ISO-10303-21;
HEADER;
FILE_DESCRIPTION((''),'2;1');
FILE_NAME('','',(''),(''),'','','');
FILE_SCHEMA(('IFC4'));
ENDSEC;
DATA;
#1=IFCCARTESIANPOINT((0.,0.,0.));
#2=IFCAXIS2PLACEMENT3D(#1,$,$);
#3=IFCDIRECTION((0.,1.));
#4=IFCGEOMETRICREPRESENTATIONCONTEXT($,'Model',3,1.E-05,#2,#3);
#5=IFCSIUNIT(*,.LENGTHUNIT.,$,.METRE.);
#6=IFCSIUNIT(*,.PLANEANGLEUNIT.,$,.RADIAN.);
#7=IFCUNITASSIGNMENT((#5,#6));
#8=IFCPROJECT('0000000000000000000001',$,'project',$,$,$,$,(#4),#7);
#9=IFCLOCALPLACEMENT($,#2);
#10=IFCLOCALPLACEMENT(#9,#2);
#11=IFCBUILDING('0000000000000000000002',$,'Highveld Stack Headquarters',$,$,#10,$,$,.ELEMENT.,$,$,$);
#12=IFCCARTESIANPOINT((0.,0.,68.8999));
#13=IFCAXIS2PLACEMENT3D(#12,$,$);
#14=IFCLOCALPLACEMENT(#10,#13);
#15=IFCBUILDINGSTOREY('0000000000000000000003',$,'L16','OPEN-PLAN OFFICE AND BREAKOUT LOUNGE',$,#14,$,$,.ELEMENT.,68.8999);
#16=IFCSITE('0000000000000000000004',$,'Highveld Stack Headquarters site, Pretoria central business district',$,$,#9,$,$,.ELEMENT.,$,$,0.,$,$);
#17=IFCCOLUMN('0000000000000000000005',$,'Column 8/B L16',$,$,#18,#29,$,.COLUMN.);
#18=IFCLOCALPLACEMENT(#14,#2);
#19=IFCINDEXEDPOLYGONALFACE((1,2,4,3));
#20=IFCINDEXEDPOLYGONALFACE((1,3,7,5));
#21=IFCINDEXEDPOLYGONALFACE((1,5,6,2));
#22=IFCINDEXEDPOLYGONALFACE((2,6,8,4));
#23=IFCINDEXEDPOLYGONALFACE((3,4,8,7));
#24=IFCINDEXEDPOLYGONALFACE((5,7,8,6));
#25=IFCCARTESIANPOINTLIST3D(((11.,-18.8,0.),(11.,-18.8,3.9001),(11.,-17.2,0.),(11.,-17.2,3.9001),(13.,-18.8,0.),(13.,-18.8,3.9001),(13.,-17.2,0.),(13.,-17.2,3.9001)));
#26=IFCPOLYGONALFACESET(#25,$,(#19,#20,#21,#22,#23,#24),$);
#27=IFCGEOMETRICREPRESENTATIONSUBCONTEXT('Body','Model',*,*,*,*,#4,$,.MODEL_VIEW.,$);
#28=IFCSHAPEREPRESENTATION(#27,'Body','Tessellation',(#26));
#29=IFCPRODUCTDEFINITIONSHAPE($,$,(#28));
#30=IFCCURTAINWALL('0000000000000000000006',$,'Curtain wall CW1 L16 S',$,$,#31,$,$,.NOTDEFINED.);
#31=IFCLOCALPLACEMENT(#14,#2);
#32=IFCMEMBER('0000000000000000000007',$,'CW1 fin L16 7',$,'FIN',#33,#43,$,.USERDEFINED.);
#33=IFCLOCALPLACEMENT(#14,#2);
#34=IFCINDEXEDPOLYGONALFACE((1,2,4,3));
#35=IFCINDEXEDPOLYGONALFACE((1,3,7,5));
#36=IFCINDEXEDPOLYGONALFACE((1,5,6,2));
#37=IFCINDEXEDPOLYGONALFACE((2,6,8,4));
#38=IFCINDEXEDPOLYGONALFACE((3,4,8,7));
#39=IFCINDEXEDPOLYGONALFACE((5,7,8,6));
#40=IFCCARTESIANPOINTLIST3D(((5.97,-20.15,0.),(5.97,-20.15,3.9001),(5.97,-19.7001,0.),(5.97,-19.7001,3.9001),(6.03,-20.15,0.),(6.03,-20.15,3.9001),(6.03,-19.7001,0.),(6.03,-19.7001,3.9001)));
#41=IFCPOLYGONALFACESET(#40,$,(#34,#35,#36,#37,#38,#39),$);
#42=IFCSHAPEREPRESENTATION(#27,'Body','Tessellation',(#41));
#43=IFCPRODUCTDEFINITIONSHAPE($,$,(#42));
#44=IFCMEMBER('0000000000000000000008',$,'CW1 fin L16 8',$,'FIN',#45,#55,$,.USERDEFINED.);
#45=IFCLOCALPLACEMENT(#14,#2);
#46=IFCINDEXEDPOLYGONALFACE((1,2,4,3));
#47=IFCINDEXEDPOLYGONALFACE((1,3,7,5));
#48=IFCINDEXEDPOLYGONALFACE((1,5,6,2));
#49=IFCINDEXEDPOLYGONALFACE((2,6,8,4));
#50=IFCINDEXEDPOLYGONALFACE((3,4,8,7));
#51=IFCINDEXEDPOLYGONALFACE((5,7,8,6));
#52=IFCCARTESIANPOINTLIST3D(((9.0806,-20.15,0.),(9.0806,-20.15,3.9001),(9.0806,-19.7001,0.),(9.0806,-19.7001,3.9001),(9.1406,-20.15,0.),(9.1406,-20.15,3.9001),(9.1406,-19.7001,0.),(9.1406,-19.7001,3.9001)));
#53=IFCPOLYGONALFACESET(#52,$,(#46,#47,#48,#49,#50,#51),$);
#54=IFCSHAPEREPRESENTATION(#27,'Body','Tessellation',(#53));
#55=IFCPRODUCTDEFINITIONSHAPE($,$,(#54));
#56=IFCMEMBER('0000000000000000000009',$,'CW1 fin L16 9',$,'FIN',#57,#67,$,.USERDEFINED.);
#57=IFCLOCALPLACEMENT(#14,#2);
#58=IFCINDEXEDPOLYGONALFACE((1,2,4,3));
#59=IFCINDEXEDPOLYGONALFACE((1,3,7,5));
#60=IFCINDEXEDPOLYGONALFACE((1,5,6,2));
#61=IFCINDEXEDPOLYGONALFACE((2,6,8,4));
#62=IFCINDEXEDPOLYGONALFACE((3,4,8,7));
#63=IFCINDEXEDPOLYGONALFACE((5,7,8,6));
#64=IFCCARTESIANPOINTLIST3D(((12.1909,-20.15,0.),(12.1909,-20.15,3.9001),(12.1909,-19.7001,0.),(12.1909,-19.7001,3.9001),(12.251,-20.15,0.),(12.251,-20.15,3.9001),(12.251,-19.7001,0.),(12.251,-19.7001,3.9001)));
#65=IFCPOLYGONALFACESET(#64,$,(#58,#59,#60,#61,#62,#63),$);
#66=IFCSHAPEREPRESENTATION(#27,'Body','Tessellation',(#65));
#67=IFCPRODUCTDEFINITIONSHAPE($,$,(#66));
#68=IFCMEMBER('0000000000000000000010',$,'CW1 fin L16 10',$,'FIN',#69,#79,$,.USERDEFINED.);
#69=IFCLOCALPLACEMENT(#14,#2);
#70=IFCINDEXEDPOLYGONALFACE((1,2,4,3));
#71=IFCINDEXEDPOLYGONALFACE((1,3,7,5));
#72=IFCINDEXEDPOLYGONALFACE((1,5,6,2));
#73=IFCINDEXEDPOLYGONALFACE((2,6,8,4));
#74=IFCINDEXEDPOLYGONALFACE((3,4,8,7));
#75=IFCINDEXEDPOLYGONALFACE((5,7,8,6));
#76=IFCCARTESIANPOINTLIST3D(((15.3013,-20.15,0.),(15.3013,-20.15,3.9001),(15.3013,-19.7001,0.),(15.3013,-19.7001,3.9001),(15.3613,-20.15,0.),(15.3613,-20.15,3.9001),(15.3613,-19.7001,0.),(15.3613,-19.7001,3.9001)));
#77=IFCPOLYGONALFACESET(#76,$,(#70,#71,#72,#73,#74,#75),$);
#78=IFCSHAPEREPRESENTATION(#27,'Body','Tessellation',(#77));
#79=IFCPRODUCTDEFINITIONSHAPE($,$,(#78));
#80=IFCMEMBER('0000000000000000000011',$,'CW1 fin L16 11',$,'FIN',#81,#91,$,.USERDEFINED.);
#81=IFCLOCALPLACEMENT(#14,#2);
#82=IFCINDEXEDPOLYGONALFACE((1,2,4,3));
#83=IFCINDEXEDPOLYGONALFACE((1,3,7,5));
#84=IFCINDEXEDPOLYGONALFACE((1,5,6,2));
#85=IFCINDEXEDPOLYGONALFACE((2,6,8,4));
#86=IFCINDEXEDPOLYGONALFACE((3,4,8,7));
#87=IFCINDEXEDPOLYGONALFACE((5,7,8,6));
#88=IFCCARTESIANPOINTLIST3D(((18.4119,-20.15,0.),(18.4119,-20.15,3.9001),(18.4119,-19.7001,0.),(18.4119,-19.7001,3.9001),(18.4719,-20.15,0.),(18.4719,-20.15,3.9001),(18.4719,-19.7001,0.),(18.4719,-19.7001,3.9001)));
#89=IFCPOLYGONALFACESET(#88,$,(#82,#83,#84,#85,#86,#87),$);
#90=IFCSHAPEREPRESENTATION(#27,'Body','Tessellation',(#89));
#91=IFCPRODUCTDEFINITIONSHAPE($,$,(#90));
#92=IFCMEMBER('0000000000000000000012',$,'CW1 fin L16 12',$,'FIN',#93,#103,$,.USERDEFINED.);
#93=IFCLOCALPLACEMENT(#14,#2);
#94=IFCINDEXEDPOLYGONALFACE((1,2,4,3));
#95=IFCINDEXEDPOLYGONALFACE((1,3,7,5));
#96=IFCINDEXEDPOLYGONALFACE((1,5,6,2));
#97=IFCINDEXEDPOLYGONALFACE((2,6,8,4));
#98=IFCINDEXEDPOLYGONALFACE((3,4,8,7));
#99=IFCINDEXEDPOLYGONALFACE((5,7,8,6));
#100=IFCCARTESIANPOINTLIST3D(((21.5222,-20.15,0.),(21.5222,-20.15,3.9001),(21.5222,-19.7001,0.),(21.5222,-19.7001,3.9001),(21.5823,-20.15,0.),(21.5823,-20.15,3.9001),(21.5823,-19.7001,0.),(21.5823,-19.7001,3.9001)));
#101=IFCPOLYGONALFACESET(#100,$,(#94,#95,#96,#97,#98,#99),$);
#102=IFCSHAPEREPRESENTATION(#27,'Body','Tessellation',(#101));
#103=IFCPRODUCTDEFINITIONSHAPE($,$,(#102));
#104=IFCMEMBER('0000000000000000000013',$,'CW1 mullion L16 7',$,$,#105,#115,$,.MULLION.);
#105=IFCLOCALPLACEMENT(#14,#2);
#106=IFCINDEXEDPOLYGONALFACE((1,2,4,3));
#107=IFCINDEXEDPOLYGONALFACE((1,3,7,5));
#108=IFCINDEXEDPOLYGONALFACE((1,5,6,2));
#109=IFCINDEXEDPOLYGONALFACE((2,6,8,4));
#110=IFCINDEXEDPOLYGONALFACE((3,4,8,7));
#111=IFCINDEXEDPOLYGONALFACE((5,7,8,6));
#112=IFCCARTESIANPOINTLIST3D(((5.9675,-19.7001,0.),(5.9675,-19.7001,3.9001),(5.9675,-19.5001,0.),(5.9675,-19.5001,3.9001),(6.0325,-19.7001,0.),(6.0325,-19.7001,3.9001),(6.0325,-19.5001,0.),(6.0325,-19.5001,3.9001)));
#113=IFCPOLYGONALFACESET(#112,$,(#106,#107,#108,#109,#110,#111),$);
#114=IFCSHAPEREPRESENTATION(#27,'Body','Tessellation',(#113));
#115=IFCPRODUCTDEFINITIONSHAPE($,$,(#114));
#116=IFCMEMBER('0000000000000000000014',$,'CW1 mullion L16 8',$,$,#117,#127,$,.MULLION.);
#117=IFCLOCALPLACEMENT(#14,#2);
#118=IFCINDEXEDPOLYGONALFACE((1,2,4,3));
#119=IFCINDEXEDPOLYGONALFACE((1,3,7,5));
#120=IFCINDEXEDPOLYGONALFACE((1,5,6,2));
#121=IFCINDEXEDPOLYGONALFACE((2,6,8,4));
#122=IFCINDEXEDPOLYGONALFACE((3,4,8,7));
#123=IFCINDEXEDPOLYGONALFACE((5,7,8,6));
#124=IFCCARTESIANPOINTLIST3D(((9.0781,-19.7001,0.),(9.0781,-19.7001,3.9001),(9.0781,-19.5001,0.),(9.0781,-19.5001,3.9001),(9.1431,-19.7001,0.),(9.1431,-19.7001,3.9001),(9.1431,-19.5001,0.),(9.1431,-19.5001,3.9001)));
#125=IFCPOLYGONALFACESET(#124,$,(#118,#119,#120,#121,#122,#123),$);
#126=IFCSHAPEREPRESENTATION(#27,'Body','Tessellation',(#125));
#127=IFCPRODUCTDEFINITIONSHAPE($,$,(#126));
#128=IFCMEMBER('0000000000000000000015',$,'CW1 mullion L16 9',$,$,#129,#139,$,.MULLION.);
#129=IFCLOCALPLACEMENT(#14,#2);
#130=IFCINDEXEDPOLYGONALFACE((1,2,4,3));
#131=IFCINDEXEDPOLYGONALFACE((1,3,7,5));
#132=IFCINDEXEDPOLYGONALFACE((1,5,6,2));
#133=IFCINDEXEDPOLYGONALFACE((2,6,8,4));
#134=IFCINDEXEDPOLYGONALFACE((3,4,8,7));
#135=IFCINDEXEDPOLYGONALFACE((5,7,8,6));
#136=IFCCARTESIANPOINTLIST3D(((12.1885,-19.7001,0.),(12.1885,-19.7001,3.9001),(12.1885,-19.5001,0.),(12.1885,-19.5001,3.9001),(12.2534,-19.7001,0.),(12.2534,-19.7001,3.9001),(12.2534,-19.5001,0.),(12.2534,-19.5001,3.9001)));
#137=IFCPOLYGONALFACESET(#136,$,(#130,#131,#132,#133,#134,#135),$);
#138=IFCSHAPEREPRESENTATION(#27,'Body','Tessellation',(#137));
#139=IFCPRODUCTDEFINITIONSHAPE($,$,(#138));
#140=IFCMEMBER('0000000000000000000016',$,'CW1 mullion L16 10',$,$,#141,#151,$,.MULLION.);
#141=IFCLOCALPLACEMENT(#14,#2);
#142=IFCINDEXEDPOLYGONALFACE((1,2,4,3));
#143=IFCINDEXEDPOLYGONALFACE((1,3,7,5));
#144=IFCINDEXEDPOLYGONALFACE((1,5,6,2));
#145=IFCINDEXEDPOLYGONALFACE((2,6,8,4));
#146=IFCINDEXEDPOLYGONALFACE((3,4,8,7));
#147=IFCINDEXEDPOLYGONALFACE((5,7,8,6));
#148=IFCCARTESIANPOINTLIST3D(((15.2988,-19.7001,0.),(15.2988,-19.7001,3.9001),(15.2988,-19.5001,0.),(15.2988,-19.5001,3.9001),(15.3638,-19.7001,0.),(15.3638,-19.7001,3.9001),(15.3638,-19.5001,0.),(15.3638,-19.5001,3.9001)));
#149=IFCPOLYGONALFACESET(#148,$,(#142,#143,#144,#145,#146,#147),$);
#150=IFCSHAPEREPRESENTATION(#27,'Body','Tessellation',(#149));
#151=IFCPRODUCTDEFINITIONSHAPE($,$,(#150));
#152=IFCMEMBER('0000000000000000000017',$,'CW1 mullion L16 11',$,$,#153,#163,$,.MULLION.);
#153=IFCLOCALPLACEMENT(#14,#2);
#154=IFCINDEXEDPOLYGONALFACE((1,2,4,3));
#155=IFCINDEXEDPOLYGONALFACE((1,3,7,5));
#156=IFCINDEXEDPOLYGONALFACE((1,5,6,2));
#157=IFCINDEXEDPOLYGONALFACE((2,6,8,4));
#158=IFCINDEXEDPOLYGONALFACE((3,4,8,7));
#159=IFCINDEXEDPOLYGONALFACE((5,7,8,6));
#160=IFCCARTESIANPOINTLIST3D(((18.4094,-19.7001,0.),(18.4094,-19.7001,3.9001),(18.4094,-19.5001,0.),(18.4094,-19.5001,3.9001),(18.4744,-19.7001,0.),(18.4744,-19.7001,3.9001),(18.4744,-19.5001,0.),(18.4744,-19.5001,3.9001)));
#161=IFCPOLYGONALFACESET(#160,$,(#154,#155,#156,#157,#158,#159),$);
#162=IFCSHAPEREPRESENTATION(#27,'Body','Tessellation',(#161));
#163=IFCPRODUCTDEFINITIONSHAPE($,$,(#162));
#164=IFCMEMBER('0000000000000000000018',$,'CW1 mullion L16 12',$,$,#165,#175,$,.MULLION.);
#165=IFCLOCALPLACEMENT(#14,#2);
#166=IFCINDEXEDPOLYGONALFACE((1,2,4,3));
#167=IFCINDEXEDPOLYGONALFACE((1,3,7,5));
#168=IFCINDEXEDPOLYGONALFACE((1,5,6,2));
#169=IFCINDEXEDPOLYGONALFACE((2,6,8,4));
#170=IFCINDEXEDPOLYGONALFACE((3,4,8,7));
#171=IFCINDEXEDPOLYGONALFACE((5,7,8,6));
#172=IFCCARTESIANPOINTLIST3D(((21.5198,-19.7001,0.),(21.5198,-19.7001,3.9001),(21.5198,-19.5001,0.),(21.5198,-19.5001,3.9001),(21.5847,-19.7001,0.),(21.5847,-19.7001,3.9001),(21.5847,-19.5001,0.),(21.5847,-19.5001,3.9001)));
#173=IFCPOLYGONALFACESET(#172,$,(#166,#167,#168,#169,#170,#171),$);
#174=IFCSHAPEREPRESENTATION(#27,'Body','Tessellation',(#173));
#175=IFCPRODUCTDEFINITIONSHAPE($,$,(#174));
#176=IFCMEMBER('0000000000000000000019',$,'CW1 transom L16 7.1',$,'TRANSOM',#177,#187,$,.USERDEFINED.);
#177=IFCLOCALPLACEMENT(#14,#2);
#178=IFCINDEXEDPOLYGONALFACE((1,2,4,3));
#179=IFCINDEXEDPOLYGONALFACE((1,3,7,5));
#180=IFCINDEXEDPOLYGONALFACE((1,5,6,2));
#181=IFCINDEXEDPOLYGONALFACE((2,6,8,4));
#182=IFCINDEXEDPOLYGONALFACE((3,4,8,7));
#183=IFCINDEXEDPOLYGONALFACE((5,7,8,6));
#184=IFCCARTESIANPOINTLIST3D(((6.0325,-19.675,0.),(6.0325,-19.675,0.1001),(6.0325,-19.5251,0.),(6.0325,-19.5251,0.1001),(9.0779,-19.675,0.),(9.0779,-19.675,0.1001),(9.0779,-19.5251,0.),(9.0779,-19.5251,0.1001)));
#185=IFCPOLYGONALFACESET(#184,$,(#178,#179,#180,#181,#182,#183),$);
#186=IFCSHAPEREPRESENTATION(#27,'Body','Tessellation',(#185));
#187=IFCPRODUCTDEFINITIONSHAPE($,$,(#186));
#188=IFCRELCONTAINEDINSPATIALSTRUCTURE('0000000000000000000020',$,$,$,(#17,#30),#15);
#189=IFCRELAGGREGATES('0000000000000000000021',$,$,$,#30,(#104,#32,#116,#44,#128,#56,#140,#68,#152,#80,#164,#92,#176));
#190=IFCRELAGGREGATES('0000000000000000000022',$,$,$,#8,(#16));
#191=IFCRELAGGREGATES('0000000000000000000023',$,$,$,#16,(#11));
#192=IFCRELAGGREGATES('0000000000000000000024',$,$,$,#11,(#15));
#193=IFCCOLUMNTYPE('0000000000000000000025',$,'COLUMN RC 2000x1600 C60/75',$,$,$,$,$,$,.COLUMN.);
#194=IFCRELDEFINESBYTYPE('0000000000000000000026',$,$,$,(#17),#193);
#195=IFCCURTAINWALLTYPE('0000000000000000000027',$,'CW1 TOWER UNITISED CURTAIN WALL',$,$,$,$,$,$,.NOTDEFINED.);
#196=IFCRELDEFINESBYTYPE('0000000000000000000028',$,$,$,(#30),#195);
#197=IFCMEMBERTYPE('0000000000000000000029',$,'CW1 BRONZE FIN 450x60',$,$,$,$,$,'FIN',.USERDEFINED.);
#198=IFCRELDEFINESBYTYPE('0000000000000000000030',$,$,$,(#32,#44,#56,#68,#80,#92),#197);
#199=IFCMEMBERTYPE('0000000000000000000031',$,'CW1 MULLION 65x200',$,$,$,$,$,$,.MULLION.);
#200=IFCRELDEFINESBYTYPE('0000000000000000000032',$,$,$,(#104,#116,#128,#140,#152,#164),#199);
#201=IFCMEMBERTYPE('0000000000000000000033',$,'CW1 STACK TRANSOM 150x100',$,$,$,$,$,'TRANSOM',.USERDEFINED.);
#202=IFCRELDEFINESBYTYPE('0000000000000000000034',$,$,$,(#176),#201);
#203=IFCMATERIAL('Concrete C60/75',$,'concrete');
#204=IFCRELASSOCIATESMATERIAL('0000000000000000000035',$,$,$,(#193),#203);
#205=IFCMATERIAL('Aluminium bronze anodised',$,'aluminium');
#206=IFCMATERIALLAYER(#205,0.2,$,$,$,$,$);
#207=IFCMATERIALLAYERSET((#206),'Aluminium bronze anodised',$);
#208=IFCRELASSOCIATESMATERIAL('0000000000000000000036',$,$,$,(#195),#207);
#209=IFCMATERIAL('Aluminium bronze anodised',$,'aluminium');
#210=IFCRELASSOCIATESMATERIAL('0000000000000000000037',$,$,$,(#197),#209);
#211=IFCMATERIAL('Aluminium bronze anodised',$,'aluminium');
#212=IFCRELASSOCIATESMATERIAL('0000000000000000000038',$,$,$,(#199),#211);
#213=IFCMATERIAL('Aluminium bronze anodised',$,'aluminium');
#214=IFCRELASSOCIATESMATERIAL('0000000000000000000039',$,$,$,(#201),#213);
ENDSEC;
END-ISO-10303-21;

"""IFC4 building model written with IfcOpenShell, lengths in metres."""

from ifc_helpers import new_model, si_unit, direction, frame, origin, origin_2d, place, context, subcontext, project, spatial, rectangle, extrude, material, layer, layer_set, material_profile, profile_set, type_object, element, aggregate, save


model = new_model("IFC4")

# Units and contexts
model_context = context("Model", 3, precision=1e-05, world=origin(), true_north=direction((0.0, 1.0)))
body_context = subcontext(model_context, "Body", "Model", "MODEL_VIEW")
ifc_project = project(units=[si_unit("LENGTHUNIT", "METRE"), si_unit("PLANEANGLEUNIT", "RADIAN")], contexts=[model_context])

# Site, building, storey
site_placement = place(None, origin())
site = spatial("IfcSite", under=ifc_project, at=site_placement, Name="Highveld Stack Headquarters site, Pretoria central business district", CompositionType="ELEMENT", RefElevation=0.0)
building_placement = place(site_placement, origin())
building = spatial("IfcBuilding", under=site, at=building_placement, Name="Highveld Stack Headquarters", CompositionType="ELEMENT")
storey_placement = place(building_placement, frame((0.0, 0.0, 68.8999)))
storey = spatial("IfcBuildingStorey", under=building, at=storey_placement, Name="L16", Description="OPEN-PLAN OFFICE AND BREAKOUT LOUNGE", CompositionType="ELEMENT", Elevation=68.8999)

# Column
ifc_material_1 = material(Name="Concrete C60/75", Category="concrete")
ifc_material_profile_1 = material_profile(ifc_material_1, rectangle(XDim=2.0, YDim=1.6001, at=origin_2d()), Name="RC 2000x1600")
ifc_profile_set_1 = profile_set([ifc_material_profile_1], Name="Concrete C60/75")
column_type = type_object("IfcColumnType", Name="COLUMN RC 2000x1600 C60/75", PredefinedType="COLUMN", material=ifc_profile_set_1)
column_placement = place(storey_placement, frame((12.0, -18.0, 0.0), z_axis=(0.0, 0.0, 1.0), x_axis=(1.0, 0.0, 0.0)))
element("IfcColumn", 1, at=column_placement, inside=storey, type_object=column_type, Name="Column 8/B L16", PredefinedType="COLUMN", context=body_context, shape_type="SweptSolid", body=[
    extrude(rectangle(XDim=2.0, YDim=1.6001, at=origin_2d()), origin(), (0.0, 0.0, 1.0), 3.9001),
])

# Curtain wall, members
ifc_material_2 = material(Name="Aluminium bronze anodised", Category="aluminium")
ifc_layer_1 = layer(ifc_material_2, 0.2)
ifc_layer_set_1 = layer_set([ifc_layer_1], Name="Aluminium bronze anodised")
curtain_wall_type = type_object("IfcCurtainWallType", Name="CW1 TOWER UNITISED CURTAIN WALL", PredefinedType="NOTDEFINED", material=ifc_layer_set_1)
curtain_wall_placement = place(storey_placement, origin())
curtain_wall = element("IfcCurtainWall", 2, at=curtain_wall_placement, inside=storey, type_object=curtain_wall_type, Name="Curtain wall CW1 L16 S", PredefinedType="NOTDEFINED")
ifc_material_3 = material(Name="Aluminium bronze anodised", Category="aluminium")
ifc_material_profile_2 = material_profile(ifc_material_3, rectangle(XDim=0.45, YDim=0.0601, at=origin_2d()), Name="FIN 450x60")
ifc_profile_set_2 = profile_set([ifc_material_profile_2], Name="Aluminium bronze anodised")
member_type_1 = type_object("IfcMemberType", Name="CW1 BRONZE FIN 450x60", ElementType="FIN", PredefinedType="USERDEFINED", material=ifc_profile_set_2)
member_1_placement = place(storey_placement, frame((6.0, -19.925, 0.0), z_axis=(0.0, 0.0, 1.0), x_axis=(0.0, 1.0, 0.0)))
member_1 = element("IfcMember", 3, at=member_1_placement, type_object=member_type_1, Name="CW1 fin L16 7", ObjectType="FIN", PredefinedType="USERDEFINED", context=body_context, shape_type="SweptSolid", body=[
    extrude(rectangle(XDim=0.45, YDim=0.0601, at=origin_2d()), origin(), (0.0, 0.0, 1.0), 3.9001),
])
member_2_placement = place(storey_placement, frame((9.1106, -19.925, 0.0), z_axis=(0.0, 0.0, 1.0), x_axis=(0.0, 1.0, 0.0)))
member_2 = element("IfcMember", 4, at=member_2_placement, type_object=member_type_1, Name="CW1 fin L16 8", ObjectType="FIN", PredefinedType="USERDEFINED", context=body_context, shape_type="SweptSolid", body=[
    extrude(rectangle(XDim=0.45, YDim=0.0601, at=origin_2d()), origin(), (0.0, 0.0, 1.0), 3.9001),
])
member_3_placement = place(storey_placement, frame((12.2209, -19.925, 0.0), z_axis=(0.0, 0.0, 1.0), x_axis=(0.0, 1.0, 0.0)))
member_3 = element("IfcMember", 5, at=member_3_placement, type_object=member_type_1, Name="CW1 fin L16 9", ObjectType="FIN", PredefinedType="USERDEFINED", context=body_context, shape_type="SweptSolid", body=[
    extrude(rectangle(XDim=0.45, YDim=0.0601, at=origin_2d()), origin(), (0.0, 0.0, 1.0), 3.9001),
])
member_4_placement = place(storey_placement, frame((15.3313, -19.925, 0.0), z_axis=(0.0, 0.0, 1.0), x_axis=(0.0, 1.0, 0.0)))
member_4 = element("IfcMember", 6, at=member_4_placement, type_object=member_type_1, Name="CW1 fin L16 10", ObjectType="FIN", PredefinedType="USERDEFINED", context=body_context, shape_type="SweptSolid", body=[
    extrude(rectangle(XDim=0.45, YDim=0.0601, at=origin_2d()), origin(), (0.0, 0.0, 1.0), 3.9001),
])
member_5_placement = place(storey_placement, frame((18.4419, -19.925, 0.0), z_axis=(0.0, 0.0, 1.0), x_axis=(0.0, 1.0, 0.0)))
member_5 = element("IfcMember", 7, at=member_5_placement, type_object=member_type_1, Name="CW1 fin L16 11", ObjectType="FIN", PredefinedType="USERDEFINED", context=body_context, shape_type="SweptSolid", body=[
    extrude(rectangle(XDim=0.45, YDim=0.0601, at=origin_2d()), origin(), (0.0, 0.0, 1.0), 3.9001),
])
member_6_placement = place(storey_placement, frame((21.5522, -19.925, 0.0), z_axis=(0.0, 0.0, 1.0), x_axis=(0.0, 1.0, 0.0)))
member_6 = element("IfcMember", 8, at=member_6_placement, type_object=member_type_1, Name="CW1 fin L16 12", ObjectType="FIN", PredefinedType="USERDEFINED", context=body_context, shape_type="SweptSolid", body=[
    extrude(rectangle(XDim=0.45, YDim=0.0601, at=origin_2d()), origin(), (0.0, 0.0, 1.0), 3.9001),
])
ifc_material_4 = material(Name="Aluminium bronze anodised", Category="aluminium")
ifc_material_profile_3 = material_profile(ifc_material_4, rectangle(XDim=0.2, YDim=0.0649, at=origin_2d()), Name="CW1 MULLION 65x200")
ifc_profile_set_3 = profile_set([ifc_material_profile_3], Name="Aluminium bronze anodised")
member_type_2 = type_object("IfcMemberType", Name="CW1 MULLION 65x200", PredefinedType="MULLION", material=ifc_profile_set_3)
member_7_placement = place(storey_placement, frame((6.0, -19.6001, 0.0), z_axis=(0.0, 0.0, 1.0), x_axis=(0.0, 1.0, 0.0)))
member_7 = element("IfcMember", 9, at=member_7_placement, type_object=member_type_2, Name="CW1 mullion L16 7", PredefinedType="MULLION", context=body_context, shape_type="SweptSolid", body=[
    extrude(rectangle(XDim=0.2, YDim=0.0649, at=origin_2d()), origin(), (0.0, 0.0, 1.0), 3.9001),
])
member_8_placement = place(storey_placement, frame((9.1106, -19.6001, 0.0), z_axis=(0.0, 0.0, 1.0), x_axis=(0.0, 1.0, 0.0)))
member_8 = element("IfcMember", 10, at=member_8_placement, type_object=member_type_2, Name="CW1 mullion L16 8", PredefinedType="MULLION", context=body_context, shape_type="SweptSolid", body=[
    extrude(rectangle(XDim=0.2, YDim=0.0649, at=origin_2d()), origin(), (0.0, 0.0, 1.0), 3.9001),
])
member_9_placement = place(storey_placement, frame((12.2209, -19.6001, 0.0), z_axis=(0.0, 0.0, 1.0), x_axis=(0.0, 1.0, 0.0)))
member_9 = element("IfcMember", 11, at=member_9_placement, type_object=member_type_2, Name="CW1 mullion L16 9", PredefinedType="MULLION", context=body_context, shape_type="SweptSolid", body=[
    extrude(rectangle(XDim=0.2, YDim=0.0649, at=origin_2d()), origin(), (0.0, 0.0, 1.0), 3.9001),
])
member_10_placement = place(storey_placement, frame((15.3313, -19.6001, 0.0), z_axis=(0.0, 0.0, 1.0), x_axis=(0.0, 1.0, 0.0)))
member_10 = element("IfcMember", 12, at=member_10_placement, type_object=member_type_2, Name="CW1 mullion L16 10", PredefinedType="MULLION", context=body_context, shape_type="SweptSolid", body=[
    extrude(rectangle(XDim=0.2, YDim=0.0649, at=origin_2d()), origin(), (0.0, 0.0, 1.0), 3.9001),
])
member_11_placement = place(storey_placement, frame((18.4419, -19.6001, 0.0), z_axis=(0.0, 0.0, 1.0), x_axis=(0.0, 1.0, 0.0)))
member_11 = element("IfcMember", 13, at=member_11_placement, type_object=member_type_2, Name="CW1 mullion L16 11", PredefinedType="MULLION", context=body_context, shape_type="SweptSolid", body=[
    extrude(rectangle(XDim=0.2, YDim=0.0649, at=origin_2d()), origin(), (0.0, 0.0, 1.0), 3.9001),
])
member_12_placement = place(storey_placement, frame((21.5522, -19.6001, 0.0), z_axis=(0.0, 0.0, 1.0), x_axis=(0.0, 1.0, 0.0)))
member_12 = element("IfcMember", 14, at=member_12_placement, type_object=member_type_2, Name="CW1 mullion L16 12", PredefinedType="MULLION", context=body_context, shape_type="SweptSolid", body=[
    extrude(rectangle(XDim=0.2, YDim=0.0649, at=origin_2d()), origin(), (0.0, 0.0, 1.0), 3.9001),
])
ifc_material_5 = material(Name="Aluminium bronze anodised", Category="aluminium")
ifc_material_profile_4 = material_profile(ifc_material_5, rectangle(XDim=0.1499, YDim=0.1001, at=origin_2d()), Name="CW1 TRANSOM 150x100")
ifc_profile_set_4 = profile_set([ifc_material_profile_4], Name="Aluminium bronze anodised")
member_type_3 = type_object("IfcMemberType", Name="CW1 STACK TRANSOM 150x100", ElementType="TRANSOM", PredefinedType="USERDEFINED", material=ifc_profile_set_4)
member_13_placement = place(storey_placement, frame((6.0325, -19.6001, 0.05), z_axis=(1.0, 0.0, 0.0), x_axis=(0.0, 1.0, 0.0)))
member_13 = element("IfcMember", 15, at=member_13_placement, type_object=member_type_3, Name="CW1 transom L16 7.1", ObjectType="TRANSOM", PredefinedType="USERDEFINED", context=body_context, shape_type="SweptSolid", body=[
    extrude(rectangle(XDim=0.1499, YDim=0.1001, at=origin_2d()), origin(), (0.0, 0.0, 1.0), 3.0454),
])
aggregate(curtain_wall, [member_7, member_1, member_8, member_2, member_9, member_3, member_10, member_4, member_11, member_5, member_12, member_6, member_13])

save(model, "model.ifc")
